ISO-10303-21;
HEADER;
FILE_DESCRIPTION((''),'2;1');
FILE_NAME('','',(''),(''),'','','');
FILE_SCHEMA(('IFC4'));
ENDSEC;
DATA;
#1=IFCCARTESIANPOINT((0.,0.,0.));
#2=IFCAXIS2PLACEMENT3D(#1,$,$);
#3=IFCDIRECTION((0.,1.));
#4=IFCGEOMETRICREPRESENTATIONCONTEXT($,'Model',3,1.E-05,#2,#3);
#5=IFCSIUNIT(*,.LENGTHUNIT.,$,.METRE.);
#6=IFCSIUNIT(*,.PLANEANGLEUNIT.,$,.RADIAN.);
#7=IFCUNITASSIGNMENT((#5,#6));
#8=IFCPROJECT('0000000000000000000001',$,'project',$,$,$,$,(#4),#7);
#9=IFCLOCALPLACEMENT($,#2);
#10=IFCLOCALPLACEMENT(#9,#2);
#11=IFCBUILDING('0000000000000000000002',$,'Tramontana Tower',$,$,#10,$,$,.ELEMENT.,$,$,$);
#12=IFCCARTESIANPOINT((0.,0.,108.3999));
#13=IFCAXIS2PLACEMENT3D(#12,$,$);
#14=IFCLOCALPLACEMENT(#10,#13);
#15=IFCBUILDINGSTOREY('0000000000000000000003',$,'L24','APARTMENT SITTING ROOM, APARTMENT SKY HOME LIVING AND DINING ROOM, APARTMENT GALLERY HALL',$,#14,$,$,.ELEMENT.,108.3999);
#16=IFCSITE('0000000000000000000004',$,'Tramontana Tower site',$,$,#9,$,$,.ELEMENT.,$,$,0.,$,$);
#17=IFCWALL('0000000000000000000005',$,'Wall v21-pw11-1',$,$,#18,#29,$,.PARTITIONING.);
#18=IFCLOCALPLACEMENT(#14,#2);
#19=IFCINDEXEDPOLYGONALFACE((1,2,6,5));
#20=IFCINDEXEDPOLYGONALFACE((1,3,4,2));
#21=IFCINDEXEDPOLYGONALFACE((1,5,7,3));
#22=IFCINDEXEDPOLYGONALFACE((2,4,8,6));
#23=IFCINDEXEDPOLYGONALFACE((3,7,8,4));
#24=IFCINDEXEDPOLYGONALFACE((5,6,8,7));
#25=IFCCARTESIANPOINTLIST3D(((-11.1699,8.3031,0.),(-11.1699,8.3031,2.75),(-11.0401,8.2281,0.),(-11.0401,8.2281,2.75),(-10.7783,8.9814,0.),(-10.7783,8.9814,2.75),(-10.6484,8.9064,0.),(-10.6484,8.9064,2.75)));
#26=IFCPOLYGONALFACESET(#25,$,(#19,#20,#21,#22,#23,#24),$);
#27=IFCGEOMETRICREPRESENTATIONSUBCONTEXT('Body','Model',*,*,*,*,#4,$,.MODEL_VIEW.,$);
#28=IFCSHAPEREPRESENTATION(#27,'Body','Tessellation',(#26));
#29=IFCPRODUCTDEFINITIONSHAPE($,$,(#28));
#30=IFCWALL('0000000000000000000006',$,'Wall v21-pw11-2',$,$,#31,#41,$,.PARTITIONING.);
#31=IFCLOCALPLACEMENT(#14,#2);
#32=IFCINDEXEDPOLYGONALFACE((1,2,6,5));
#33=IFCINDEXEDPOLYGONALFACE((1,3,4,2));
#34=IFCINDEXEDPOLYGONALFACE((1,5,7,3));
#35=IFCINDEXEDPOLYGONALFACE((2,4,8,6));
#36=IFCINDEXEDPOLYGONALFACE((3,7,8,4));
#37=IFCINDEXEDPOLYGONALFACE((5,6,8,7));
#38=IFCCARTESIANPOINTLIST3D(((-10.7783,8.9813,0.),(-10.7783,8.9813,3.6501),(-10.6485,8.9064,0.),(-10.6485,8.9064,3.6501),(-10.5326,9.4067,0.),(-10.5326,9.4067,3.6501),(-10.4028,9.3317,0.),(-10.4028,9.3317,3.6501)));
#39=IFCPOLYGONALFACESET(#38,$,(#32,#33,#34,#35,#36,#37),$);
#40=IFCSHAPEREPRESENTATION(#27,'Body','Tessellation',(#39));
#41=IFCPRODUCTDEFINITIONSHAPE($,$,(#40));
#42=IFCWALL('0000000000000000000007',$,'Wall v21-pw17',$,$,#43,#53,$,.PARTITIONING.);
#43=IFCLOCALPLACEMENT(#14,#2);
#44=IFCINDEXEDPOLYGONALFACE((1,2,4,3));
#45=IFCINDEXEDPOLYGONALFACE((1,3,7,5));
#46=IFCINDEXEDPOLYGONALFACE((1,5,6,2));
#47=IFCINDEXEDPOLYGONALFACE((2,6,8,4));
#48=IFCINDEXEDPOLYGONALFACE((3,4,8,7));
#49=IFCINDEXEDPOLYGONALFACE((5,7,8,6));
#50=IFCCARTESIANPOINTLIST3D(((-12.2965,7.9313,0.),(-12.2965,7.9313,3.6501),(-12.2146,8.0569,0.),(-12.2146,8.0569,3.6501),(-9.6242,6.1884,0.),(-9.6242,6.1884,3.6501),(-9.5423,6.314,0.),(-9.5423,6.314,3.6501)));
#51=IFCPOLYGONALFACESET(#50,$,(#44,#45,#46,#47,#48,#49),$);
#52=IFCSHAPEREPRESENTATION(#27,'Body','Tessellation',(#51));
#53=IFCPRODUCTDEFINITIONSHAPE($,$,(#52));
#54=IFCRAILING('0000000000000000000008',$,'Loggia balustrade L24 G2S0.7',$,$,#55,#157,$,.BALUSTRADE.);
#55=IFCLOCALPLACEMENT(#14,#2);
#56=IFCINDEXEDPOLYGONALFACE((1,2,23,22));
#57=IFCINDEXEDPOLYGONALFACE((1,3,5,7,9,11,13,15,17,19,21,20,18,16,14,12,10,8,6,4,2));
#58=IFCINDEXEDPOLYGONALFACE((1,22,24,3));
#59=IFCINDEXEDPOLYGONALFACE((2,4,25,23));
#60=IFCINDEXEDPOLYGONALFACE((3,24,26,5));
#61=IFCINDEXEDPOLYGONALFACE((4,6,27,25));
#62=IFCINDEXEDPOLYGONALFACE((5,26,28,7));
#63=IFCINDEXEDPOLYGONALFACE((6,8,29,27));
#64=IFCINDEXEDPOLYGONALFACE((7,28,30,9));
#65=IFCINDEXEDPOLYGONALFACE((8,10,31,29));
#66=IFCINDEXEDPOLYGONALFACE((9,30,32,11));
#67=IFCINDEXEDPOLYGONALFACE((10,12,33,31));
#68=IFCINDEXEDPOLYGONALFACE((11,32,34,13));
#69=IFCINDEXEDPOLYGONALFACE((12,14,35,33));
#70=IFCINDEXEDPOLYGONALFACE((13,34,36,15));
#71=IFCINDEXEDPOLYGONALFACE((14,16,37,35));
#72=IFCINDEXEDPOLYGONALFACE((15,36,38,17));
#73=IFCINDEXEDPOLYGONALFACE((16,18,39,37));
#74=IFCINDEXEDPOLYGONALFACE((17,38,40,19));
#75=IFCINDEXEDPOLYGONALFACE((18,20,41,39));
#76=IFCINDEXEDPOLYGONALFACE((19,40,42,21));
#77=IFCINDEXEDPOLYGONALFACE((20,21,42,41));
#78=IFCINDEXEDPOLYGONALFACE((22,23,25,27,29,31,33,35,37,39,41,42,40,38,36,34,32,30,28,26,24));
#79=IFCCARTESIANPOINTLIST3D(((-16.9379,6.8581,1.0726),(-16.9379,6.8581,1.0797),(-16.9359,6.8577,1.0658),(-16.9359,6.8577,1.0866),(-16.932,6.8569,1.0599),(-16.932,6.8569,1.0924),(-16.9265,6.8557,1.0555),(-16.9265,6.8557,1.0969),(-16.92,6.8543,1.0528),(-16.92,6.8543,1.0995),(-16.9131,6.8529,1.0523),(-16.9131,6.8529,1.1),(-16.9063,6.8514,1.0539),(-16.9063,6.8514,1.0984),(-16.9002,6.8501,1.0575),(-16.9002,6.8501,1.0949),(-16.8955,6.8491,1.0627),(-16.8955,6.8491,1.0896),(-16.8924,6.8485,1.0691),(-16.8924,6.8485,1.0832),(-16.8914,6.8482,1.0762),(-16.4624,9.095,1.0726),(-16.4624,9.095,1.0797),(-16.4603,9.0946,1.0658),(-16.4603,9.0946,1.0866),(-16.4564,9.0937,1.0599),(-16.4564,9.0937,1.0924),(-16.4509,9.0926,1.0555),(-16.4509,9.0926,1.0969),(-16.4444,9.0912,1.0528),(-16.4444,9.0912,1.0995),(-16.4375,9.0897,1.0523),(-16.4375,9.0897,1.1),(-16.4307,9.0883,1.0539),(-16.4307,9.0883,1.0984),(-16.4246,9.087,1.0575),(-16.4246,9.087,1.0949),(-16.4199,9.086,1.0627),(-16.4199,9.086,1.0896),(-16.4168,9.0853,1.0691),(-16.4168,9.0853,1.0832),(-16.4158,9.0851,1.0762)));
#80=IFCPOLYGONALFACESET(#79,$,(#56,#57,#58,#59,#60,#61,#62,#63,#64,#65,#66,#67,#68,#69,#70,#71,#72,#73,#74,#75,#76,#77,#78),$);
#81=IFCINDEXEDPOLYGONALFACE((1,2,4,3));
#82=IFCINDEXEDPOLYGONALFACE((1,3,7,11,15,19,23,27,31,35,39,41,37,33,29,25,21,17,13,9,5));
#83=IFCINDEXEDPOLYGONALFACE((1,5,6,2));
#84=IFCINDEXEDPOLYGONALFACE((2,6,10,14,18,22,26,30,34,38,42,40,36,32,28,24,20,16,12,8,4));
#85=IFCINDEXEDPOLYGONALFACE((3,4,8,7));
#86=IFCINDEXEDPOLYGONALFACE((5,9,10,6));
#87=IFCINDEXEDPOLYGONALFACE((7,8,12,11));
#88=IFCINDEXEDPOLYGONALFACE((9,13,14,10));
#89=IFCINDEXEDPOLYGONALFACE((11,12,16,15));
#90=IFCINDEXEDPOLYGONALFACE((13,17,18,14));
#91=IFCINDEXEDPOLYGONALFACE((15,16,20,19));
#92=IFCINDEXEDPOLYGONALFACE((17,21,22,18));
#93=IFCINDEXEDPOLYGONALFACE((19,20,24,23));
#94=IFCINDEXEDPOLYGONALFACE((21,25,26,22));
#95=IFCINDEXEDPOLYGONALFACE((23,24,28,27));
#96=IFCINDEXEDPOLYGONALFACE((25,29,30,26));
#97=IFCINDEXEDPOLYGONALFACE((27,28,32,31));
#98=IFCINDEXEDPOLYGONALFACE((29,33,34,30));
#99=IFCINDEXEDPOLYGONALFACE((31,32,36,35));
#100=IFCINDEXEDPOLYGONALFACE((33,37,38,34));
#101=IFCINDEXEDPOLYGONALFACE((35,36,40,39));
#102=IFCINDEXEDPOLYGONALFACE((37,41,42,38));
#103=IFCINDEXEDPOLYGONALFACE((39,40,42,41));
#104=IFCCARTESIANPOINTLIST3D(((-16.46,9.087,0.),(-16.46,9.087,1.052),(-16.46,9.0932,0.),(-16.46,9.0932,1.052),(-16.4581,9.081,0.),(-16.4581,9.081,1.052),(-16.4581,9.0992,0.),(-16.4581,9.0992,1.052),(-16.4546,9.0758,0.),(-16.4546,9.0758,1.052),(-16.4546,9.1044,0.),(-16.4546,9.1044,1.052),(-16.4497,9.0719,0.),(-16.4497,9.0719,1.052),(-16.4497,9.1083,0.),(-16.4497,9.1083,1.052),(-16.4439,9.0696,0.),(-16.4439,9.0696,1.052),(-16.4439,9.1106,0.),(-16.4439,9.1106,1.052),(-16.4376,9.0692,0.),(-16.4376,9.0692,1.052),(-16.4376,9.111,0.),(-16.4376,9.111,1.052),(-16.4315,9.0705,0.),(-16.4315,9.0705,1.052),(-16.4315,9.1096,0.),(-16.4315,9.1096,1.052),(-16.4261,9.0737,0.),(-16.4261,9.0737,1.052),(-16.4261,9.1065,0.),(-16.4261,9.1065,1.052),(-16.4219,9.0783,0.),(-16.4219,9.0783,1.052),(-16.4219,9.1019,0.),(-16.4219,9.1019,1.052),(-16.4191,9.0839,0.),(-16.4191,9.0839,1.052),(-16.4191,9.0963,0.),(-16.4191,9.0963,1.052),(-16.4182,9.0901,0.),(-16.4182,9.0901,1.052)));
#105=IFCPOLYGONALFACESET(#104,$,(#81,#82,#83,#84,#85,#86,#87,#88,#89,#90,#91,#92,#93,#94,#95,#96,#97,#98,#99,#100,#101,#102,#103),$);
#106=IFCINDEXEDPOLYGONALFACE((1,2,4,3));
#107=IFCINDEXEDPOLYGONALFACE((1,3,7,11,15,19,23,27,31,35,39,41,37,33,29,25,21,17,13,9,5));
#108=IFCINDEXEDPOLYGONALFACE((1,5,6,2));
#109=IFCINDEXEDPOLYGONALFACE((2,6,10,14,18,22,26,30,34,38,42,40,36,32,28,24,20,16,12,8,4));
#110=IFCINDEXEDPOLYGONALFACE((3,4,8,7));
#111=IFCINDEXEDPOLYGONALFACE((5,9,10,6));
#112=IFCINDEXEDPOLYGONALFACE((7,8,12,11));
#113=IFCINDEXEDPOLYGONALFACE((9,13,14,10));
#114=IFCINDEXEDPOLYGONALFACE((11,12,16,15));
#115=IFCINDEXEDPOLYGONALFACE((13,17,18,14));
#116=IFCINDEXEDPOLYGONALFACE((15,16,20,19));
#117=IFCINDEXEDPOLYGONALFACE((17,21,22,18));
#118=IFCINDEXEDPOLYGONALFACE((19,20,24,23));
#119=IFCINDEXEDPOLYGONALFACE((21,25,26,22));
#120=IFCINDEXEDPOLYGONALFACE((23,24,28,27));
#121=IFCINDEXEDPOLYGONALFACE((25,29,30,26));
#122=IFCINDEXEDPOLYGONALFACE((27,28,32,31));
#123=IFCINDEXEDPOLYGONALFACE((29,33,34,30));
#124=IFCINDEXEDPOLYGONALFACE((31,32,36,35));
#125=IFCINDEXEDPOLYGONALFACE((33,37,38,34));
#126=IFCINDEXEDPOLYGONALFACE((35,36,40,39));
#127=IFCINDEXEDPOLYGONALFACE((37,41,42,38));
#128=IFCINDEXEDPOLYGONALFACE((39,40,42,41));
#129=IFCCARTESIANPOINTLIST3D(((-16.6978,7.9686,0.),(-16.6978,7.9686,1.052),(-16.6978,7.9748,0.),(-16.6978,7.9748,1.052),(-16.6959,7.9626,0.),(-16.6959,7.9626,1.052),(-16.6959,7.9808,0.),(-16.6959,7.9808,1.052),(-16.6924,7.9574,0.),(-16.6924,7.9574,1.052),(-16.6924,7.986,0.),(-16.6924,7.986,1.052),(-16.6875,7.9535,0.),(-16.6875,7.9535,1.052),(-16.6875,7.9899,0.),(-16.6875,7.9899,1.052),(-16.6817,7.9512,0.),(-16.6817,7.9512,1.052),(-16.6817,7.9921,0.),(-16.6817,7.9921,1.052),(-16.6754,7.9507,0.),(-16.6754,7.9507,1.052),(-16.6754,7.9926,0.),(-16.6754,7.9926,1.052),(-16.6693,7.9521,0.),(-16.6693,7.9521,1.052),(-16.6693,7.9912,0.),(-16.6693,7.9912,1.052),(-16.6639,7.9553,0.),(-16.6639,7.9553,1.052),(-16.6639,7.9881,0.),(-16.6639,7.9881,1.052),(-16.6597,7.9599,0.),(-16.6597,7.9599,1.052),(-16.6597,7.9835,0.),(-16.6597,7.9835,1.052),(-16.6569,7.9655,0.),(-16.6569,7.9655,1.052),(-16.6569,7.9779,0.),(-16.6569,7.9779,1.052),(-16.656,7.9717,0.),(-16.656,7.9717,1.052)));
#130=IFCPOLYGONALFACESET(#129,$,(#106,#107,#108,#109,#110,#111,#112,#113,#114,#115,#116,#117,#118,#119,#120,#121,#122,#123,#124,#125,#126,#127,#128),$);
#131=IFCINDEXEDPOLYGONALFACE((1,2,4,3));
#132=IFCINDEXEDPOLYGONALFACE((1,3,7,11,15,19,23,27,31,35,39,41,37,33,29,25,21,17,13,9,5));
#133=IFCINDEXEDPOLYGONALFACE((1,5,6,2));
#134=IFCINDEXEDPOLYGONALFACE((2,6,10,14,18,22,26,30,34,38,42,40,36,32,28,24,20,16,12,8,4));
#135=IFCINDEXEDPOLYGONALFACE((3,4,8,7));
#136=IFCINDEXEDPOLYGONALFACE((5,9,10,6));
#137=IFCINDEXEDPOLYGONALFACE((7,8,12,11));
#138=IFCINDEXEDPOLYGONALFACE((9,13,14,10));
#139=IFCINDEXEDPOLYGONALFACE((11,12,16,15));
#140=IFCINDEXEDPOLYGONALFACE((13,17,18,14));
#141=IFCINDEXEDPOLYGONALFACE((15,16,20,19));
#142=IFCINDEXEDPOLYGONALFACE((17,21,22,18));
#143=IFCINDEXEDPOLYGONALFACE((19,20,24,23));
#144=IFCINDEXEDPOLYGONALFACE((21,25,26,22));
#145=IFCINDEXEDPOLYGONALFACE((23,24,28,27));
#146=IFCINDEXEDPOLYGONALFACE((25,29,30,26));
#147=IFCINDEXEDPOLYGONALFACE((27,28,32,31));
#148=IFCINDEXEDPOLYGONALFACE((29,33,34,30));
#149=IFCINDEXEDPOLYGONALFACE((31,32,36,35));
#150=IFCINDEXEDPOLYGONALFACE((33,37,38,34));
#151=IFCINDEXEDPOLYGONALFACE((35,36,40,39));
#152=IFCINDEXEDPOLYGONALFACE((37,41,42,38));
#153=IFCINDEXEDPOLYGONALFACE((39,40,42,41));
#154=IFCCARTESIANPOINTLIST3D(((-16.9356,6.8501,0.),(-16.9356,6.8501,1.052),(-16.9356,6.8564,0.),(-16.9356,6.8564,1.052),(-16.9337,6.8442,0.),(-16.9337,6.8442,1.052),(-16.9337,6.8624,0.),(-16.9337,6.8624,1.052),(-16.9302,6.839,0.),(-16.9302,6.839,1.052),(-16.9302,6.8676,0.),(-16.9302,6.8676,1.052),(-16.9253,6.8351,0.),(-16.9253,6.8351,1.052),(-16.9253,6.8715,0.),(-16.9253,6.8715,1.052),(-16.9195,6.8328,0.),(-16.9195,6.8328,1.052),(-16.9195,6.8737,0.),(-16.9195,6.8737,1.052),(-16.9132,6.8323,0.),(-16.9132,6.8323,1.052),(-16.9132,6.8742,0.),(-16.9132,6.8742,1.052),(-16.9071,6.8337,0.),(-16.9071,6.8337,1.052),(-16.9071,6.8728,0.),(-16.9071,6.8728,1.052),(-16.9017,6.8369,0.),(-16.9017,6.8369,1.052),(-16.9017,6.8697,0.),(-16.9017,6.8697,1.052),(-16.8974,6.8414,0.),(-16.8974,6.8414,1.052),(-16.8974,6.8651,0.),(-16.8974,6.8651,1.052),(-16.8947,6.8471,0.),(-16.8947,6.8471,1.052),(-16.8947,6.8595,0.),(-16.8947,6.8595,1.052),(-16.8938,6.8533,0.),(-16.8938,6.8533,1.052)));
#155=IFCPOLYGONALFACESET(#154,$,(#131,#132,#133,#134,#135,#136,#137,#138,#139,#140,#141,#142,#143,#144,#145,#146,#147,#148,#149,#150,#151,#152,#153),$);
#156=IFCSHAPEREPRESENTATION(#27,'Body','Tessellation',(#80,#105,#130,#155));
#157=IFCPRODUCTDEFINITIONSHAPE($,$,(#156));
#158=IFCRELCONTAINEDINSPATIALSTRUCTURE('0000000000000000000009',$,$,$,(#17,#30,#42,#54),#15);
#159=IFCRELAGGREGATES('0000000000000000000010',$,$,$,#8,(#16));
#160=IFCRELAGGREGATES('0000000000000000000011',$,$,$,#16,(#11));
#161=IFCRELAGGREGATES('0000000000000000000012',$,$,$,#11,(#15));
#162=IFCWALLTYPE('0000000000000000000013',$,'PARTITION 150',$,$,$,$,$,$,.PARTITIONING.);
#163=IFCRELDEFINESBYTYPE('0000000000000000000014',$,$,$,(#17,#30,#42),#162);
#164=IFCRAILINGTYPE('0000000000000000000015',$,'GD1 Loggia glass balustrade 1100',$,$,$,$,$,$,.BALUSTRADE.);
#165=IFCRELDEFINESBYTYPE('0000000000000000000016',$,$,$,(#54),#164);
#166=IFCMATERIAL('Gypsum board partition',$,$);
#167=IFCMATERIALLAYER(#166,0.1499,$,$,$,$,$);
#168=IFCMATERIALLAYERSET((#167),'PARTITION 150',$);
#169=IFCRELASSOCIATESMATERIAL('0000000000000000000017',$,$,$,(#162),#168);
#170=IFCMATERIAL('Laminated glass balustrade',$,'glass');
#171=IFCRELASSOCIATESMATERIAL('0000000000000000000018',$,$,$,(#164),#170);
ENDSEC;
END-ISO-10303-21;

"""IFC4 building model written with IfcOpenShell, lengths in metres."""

from ifc_helpers import new_model, si_unit, direction, frame, frame_2d, origin, origin_2d, place, context, subcontext, project, spatial, rectangle, circle, extrude, material, layer, layer_set, type_object, element, save


model = new_model("IFC4")

# Units and contexts
model_context = context("Model", 3, precision=1e-05, world=origin(), true_north=direction((0.0, 1.0)))
body_context = subcontext(model_context, "Body", "Model", "MODEL_VIEW")
ifc_project = project(units=[si_unit("LENGTHUNIT", "METRE"), si_unit("PLANEANGLEUNIT", "RADIAN")], contexts=[model_context])

# Site, building, storey
site_placement = place(None, origin())
site = spatial("IfcSite", under=ifc_project, at=site_placement, Name="Tramontana Tower site", CompositionType="ELEMENT", RefElevation=0.0)
building_placement = place(site_placement, origin())
building = spatial("IfcBuilding", under=site, at=building_placement, Name="Tramontana Tower", CompositionType="ELEMENT")
storey_placement = place(building_placement, frame((0.0, 0.0, 108.3999)))
storey = spatial("IfcBuildingStorey", under=building, at=storey_placement, Name="L24", Description="APARTMENT SITTING ROOM, APARTMENT SKY HOME LIVING AND DINING ROOM, APARTMENT GALLERY HALL", CompositionType="ELEMENT", Elevation=108.3999)

# Shared definitions
ifc_material_1 = material(Name="Gypsum board partition")
ifc_layer_1 = layer(ifc_material_1, 0.1499)
ifc_layer_set_1 = layer_set([ifc_layer_1], Name="PARTITION 150")
wall_type_1 = type_object("IfcWallType", Name="PARTITION 150", PredefinedType="PARTITIONING", material=ifc_layer_set_1)

# Walls
wall_1_placement = place(storey_placement, frame((-11.105, 8.2656, 0.0), z_axis=(0.0, 0.0, 1.0), x_axis=(0.500028, 0.866009, 0.0)))
element("IfcWall", 1, at=wall_1_placement, inside=storey, type_object=wall_type_1, Name="Wall v21-pw11-1", PredefinedType="PARTITIONING", context=body_context, shape_type="SweptSolid", body=[
    extrude(rectangle(XDim=0.7832, YDim=0.1499, at=frame_2d((0.3916, 0.0))), origin(), (0.0, 0.0, 1.0), 2.75),
])
wall_2_placement = place(storey_placement, frame((-10.7134, 8.9438, 0.0), z_axis=(0.0, 0.0, 1.0), x_axis=(0.500095, 0.86597, 0.0)))
element("IfcWall", 2, at=wall_2_placement, inside=storey, type_object=wall_type_1, Name="Wall v21-pw11-2", PredefinedType="PARTITIONING", context=body_context, shape_type="SweptSolid", body=[
    extrude(rectangle(XDim=0.4912, YDim=0.1499, at=frame_2d((0.2456, 0.0))), origin(), (0.0, 0.0, 1.0), 3.6501),
])
wall_3_placement = place(storey_placement, frame((-9.5833, 6.2512, 0.0), z_axis=(0.0, 0.0, 1.0), x_axis=(-0.8376, 0.546284, 0.0)))
element("IfcWall", 3, at=wall_3_placement, inside=storey, type_object=wall_type_1, Name="Wall v21-pw17", PredefinedType="PARTITIONING", context=body_context, shape_type="SweptSolid", body=[
    extrude(rectangle(XDim=3.1904, YDim=0.1499, at=frame_2d((1.5952, 0.0))), origin(), (0.0, 0.0, 1.0), 3.6501),
])

# Railing
ifc_material_2 = material(Name="Laminated glass balustrade", Category="glass")
railing_type = type_object("IfcRailingType", Name="GD1 Loggia glass balustrade 1100", PredefinedType="BALUSTRADE", material=ifc_material_2)
railing_placement = place(storey_placement, frame((-16.4392, 9.0901, 0.0)))
element("IfcRailing", 4, at=railing_placement, inside=storey, type_object=railing_type, Name="Loggia balustrade L24 G2S0.7", PredefinedType="BALUSTRADE", context=body_context, shape_type="SweptSolid", body=[
    extrude(circle(Radius=0.0239, at=origin_2d()), frame((0.0, 0.0, 1.0762), z_axis=(-0.207969, -0.978136, 0.0), x_axis=(0.978136, -0.207969, 0.0)), (0.0, 0.0, 1.0), 2.2869),
    extrude(circle(Radius=0.021, at=origin_2d()), origin(), (0.0, 0.0, 1.0), 1.052),
    extrude(circle(Radius=0.021, at=origin_2d()), frame((-0.2378, -1.1184, 0.0)), (0.0, 0.0, 1.0), 1.052),
    extrude(circle(Radius=0.021, at=origin_2d()), frame((-0.4756, -2.2368, 0.0)), (0.0, 0.0, 1.0), 1.052),
])

save(model, "model.ifc")
